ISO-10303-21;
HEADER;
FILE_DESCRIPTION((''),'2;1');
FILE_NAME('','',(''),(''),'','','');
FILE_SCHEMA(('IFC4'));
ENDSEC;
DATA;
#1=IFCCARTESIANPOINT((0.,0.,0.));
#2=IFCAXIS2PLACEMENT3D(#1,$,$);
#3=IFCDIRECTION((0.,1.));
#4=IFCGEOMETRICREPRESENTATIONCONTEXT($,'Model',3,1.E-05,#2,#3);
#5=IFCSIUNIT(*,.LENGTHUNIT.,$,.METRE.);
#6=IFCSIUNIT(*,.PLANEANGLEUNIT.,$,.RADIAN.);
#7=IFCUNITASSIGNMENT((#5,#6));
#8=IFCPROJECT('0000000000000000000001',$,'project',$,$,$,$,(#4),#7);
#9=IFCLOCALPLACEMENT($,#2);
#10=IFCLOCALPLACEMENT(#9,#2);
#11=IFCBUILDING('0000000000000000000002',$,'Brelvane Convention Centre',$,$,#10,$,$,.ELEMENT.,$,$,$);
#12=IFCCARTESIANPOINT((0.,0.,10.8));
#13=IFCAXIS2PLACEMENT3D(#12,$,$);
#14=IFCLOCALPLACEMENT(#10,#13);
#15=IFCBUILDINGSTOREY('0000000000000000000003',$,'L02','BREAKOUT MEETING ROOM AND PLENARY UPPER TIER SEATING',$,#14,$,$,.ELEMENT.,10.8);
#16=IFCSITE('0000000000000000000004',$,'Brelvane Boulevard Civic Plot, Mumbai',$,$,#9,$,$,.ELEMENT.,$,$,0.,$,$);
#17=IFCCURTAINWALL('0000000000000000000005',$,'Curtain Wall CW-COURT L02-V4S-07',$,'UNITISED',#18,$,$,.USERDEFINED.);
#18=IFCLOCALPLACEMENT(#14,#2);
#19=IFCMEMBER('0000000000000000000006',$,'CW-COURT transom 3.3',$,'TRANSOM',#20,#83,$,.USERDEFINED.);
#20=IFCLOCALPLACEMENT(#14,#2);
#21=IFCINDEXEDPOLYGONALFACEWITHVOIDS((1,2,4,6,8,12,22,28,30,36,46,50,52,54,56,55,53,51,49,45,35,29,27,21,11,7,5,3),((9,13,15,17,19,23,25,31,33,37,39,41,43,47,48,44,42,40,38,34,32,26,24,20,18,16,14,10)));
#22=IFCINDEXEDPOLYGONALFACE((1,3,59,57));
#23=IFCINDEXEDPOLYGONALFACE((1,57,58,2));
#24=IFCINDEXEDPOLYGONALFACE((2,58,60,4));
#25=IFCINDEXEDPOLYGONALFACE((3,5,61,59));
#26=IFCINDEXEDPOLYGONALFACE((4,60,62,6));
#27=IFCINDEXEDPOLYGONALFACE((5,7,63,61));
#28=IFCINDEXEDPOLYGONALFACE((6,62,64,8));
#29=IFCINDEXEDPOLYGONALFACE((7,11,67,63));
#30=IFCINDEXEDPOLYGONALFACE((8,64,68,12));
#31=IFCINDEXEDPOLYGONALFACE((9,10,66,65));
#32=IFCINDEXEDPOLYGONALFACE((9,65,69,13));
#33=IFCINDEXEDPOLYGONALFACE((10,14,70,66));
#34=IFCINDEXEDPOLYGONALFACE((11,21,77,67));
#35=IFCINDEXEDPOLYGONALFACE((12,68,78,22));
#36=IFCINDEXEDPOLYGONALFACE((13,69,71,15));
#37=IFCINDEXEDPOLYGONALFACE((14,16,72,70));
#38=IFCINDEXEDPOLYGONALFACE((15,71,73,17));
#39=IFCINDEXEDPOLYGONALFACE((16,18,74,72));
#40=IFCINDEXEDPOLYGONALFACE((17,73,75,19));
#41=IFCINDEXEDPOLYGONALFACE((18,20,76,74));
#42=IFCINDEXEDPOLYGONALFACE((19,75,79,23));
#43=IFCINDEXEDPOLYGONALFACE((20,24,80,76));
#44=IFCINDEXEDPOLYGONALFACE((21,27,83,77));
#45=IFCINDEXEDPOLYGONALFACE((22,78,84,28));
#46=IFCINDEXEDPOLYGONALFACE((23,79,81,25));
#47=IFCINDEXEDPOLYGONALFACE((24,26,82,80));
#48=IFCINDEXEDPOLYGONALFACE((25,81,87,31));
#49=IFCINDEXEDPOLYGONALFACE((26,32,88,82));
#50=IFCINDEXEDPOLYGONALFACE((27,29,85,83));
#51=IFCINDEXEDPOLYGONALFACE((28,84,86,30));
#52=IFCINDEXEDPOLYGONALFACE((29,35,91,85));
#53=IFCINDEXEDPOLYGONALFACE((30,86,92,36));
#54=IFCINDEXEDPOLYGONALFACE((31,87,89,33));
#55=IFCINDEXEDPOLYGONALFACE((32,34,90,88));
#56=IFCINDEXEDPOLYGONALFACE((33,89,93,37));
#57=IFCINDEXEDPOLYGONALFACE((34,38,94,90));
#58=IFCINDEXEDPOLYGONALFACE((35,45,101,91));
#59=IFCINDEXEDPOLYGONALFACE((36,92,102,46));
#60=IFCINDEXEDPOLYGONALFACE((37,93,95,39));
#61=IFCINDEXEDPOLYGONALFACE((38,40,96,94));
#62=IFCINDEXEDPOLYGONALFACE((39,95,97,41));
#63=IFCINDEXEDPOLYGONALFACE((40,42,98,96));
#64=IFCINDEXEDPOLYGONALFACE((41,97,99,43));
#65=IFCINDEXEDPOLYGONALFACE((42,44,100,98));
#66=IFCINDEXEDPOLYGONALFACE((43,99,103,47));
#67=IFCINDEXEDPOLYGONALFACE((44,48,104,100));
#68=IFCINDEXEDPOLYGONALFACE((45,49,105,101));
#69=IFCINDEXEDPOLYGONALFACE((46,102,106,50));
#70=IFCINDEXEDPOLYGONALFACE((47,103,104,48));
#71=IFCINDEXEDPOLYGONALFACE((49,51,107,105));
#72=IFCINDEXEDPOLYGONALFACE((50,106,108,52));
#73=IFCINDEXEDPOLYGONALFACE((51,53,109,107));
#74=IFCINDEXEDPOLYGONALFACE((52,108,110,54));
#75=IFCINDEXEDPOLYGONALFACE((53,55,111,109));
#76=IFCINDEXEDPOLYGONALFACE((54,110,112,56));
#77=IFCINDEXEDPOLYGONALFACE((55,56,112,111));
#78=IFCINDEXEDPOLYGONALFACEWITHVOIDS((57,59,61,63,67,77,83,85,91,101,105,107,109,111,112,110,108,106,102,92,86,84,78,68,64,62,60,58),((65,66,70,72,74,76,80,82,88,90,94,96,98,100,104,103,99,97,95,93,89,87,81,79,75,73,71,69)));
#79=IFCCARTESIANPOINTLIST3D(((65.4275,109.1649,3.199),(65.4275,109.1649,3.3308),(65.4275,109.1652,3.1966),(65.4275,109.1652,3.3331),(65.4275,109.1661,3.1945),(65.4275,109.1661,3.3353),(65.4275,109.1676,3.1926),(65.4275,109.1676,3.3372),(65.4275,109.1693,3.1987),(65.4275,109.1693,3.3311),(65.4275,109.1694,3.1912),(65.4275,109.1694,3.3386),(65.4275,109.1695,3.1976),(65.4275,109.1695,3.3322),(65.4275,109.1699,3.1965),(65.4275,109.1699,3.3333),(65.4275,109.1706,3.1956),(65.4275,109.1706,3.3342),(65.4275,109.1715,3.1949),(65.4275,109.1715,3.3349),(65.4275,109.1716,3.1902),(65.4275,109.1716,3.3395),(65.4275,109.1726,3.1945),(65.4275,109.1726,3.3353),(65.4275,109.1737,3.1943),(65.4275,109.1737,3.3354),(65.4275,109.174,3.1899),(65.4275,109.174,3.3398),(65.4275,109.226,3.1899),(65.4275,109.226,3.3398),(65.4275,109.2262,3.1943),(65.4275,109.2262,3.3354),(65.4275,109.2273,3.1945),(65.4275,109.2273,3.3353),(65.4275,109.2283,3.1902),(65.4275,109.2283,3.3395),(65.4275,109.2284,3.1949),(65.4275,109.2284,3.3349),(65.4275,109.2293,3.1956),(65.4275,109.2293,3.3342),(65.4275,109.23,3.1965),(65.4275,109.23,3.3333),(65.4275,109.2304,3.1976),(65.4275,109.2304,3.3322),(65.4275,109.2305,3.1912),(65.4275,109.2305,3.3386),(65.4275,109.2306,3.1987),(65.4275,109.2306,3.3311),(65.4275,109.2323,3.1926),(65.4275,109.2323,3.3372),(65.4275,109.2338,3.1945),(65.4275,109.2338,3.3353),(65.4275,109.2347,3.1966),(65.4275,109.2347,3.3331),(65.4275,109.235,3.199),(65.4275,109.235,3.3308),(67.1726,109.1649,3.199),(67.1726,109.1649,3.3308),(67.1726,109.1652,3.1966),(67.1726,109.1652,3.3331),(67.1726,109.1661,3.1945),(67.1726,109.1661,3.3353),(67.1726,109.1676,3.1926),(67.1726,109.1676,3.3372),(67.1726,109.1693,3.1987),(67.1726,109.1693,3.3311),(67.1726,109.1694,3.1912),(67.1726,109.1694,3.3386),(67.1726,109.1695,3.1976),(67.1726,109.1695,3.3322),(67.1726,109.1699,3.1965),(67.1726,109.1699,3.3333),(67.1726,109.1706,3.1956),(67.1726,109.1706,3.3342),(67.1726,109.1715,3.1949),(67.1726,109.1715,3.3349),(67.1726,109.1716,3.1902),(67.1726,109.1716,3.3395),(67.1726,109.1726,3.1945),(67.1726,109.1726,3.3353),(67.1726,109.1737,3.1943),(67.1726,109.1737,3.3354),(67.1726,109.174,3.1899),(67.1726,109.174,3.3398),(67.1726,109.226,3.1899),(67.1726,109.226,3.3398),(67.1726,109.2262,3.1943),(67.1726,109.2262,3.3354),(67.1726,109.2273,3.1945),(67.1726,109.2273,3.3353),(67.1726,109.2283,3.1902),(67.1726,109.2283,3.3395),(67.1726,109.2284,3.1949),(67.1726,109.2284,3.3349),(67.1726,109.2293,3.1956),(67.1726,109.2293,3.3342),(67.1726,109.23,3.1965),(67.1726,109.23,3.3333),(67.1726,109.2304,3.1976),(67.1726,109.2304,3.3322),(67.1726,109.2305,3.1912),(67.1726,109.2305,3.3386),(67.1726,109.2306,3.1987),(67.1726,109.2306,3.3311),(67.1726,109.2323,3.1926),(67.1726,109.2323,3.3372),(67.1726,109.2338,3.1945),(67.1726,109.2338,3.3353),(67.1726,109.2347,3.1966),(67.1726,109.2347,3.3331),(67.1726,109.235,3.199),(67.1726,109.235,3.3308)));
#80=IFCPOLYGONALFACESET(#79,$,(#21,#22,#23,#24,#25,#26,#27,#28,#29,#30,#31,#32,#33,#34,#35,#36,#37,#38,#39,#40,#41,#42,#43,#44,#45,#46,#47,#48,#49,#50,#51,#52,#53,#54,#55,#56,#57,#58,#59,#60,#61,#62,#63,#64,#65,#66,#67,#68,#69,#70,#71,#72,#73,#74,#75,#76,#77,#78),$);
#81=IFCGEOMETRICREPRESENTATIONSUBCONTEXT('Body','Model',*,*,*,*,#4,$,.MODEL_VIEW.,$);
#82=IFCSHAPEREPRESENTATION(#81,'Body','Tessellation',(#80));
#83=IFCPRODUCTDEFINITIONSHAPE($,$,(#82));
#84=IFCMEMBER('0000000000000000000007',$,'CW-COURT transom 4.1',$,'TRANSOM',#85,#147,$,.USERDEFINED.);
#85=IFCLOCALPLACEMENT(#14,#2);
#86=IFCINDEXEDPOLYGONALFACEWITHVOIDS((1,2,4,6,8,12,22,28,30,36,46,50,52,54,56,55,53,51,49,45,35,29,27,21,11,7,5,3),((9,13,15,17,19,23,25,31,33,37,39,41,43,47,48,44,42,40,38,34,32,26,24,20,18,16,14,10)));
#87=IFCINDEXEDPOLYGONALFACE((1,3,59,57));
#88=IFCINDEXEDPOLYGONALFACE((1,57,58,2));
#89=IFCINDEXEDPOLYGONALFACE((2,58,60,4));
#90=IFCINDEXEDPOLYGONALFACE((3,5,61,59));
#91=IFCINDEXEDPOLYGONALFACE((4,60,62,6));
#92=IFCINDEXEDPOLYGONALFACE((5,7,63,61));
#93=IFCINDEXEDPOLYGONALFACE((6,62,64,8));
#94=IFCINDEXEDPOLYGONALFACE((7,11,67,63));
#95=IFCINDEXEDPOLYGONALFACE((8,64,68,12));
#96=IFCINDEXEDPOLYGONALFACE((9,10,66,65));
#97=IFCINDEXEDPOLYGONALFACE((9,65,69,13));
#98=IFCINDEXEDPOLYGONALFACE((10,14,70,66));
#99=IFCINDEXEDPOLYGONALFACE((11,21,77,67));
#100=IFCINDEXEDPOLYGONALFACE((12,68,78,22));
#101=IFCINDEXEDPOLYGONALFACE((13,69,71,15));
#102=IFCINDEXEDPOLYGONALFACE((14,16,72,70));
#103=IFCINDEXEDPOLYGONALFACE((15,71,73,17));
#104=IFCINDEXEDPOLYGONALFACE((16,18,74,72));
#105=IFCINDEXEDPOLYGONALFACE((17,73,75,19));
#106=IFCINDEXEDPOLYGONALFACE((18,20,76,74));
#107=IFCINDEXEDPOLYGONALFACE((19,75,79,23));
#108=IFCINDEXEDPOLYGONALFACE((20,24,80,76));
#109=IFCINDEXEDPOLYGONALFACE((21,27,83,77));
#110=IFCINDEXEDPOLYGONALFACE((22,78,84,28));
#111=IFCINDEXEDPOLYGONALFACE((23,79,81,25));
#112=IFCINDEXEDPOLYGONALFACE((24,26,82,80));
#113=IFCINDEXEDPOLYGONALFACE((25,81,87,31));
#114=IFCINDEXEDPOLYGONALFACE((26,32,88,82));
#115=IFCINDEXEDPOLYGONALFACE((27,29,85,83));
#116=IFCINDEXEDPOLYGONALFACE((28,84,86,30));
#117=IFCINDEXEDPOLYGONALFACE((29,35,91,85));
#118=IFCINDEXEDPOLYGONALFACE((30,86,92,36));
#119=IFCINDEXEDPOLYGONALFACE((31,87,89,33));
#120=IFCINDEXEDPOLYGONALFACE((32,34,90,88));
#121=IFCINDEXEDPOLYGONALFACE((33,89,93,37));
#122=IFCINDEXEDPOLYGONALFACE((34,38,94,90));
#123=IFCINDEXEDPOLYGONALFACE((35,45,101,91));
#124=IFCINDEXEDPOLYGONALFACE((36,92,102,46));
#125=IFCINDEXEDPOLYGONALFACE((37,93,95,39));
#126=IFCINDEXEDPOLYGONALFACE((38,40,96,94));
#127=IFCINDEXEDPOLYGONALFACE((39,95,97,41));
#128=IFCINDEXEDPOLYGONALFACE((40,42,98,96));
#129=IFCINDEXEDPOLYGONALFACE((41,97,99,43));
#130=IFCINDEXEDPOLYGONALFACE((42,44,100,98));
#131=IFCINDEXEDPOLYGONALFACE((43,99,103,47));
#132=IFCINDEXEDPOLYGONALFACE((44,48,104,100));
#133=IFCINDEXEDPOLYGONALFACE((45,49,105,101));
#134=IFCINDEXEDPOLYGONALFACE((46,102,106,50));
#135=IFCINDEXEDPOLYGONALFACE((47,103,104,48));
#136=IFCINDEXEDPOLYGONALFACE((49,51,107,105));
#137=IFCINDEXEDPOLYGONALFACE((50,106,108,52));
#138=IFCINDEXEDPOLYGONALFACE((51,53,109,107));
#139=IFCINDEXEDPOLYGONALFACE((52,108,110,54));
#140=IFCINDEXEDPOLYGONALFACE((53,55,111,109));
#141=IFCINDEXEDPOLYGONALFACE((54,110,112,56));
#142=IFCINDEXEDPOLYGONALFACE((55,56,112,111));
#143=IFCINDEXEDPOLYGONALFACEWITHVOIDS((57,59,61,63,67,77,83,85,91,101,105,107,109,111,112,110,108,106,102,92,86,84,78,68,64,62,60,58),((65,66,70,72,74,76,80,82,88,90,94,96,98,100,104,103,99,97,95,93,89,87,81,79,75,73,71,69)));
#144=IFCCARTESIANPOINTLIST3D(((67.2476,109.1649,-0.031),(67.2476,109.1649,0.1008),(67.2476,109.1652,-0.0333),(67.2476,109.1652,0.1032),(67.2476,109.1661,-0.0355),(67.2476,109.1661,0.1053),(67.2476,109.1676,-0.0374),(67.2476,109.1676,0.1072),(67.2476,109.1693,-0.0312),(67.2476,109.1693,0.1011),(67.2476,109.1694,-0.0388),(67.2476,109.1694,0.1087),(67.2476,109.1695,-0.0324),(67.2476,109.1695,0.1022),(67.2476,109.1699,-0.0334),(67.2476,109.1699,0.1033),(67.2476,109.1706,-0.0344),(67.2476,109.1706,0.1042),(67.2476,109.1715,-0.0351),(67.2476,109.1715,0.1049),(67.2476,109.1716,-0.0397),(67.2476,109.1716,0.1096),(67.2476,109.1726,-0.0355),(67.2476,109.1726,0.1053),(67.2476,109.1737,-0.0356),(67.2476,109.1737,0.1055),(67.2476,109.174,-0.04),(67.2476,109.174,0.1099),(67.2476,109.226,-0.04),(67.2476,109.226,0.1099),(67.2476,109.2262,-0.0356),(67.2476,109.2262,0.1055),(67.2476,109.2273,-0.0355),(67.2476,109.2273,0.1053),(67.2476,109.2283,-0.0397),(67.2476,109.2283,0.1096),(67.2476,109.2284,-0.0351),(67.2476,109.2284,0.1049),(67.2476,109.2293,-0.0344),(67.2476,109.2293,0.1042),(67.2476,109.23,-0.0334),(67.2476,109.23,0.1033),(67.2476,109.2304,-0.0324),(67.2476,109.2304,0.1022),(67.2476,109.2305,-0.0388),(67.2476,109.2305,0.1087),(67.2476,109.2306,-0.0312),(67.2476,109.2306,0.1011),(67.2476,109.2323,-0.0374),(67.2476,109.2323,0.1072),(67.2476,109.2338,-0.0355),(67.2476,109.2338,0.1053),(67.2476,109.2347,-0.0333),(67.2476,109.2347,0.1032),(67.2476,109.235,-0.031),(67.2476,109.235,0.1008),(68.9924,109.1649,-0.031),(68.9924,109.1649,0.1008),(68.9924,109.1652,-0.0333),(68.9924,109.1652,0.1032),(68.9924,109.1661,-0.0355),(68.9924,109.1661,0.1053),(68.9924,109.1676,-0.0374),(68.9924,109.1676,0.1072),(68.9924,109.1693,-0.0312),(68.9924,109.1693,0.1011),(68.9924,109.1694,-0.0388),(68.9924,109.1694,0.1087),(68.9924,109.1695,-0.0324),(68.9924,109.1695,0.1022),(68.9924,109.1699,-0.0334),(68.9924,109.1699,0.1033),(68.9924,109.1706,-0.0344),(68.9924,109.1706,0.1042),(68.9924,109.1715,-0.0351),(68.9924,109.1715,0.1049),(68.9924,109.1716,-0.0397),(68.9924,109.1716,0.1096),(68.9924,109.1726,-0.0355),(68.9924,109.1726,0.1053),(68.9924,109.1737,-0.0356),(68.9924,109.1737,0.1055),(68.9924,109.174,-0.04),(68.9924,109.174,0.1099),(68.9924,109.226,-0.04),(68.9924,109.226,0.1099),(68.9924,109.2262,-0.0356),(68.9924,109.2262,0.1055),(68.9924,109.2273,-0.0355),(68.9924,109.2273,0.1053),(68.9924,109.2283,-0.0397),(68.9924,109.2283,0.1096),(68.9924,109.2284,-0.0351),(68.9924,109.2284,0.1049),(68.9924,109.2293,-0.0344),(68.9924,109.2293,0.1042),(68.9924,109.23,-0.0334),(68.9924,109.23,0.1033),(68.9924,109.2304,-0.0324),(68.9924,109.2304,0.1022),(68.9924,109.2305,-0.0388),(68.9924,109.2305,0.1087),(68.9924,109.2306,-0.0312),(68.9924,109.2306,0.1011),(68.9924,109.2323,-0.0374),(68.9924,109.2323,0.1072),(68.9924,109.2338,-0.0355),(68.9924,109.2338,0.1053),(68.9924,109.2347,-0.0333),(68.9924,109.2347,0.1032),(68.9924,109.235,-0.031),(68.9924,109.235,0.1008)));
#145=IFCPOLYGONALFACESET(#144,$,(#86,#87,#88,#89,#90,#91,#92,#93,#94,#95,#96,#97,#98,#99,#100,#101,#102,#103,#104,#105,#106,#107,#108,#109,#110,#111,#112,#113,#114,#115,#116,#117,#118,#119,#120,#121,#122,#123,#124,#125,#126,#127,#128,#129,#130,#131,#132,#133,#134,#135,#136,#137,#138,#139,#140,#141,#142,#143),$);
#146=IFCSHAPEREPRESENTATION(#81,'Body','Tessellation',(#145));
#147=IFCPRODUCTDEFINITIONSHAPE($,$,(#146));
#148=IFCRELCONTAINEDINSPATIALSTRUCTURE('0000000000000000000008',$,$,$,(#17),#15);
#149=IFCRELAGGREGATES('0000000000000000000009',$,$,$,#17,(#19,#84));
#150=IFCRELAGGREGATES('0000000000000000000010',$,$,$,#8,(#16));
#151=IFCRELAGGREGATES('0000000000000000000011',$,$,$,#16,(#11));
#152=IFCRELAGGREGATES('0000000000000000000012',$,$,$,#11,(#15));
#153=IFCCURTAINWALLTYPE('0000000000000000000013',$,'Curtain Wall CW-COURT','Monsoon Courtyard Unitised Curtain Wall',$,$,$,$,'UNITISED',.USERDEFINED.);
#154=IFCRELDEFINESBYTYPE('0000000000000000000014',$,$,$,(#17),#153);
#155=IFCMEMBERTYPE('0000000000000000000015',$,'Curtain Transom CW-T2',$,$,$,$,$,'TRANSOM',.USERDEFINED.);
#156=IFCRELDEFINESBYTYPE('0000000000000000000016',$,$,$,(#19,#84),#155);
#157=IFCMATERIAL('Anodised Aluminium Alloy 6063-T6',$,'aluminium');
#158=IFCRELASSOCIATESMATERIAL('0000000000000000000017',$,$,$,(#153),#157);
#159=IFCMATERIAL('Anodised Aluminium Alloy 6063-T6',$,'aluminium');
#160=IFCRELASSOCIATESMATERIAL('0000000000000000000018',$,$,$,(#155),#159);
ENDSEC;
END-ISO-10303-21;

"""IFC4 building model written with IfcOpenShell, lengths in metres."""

from ifc_helpers import new_model, si_unit, direction, frame, origin, origin_2d, place, context, subcontext, project, spatial, hollow_rectangle, extrude, material, material_profile, profile_set, type_object, element, aggregate, save


model = new_model("IFC4")

# Units and contexts
model_context = context("Model", 3, precision=1e-05, world=origin(), true_north=direction((0.0, 1.0)))
body_context = subcontext(model_context, "Body", "Model", "MODEL_VIEW")
ifc_project = project(units=[si_unit("LENGTHUNIT", "METRE"), si_unit("PLANEANGLEUNIT", "RADIAN")], contexts=[model_context])

# Site, building, storey
site_placement = place(None, origin())
site = spatial("IfcSite", under=ifc_project, at=site_placement, Name="Brelvane Boulevard Civic Plot, Mumbai", CompositionType="ELEMENT", RefElevation=0.0)
building_placement = place(site_placement, origin())
building = spatial("IfcBuilding", under=site, at=building_placement, Name="Brelvane Convention Centre", CompositionType="ELEMENT")
storey_placement = place(building_placement, frame((0.0, 0.0, 10.8)))
storey = spatial("IfcBuildingStorey", under=building, at=storey_placement, Name="L02", Description="BREAKOUT MEETING ROOM AND PLENARY UPPER TIER SEATING", CompositionType="ELEMENT", Elevation=10.8)

# Curtain wall, members
ifc_material_1 = material(Name="Anodised Aluminium Alloy 6063-T6", Category="aluminium")
curtain_wall_type = type_object("IfcCurtainWallType", Name="Curtain Wall CW-COURT", Description="Monsoon Courtyard Unitised Curtain Wall", ElementType="UNITISED", PredefinedType="USERDEFINED", material=ifc_material_1)
curtain_wall_placement = place(storey_placement, origin())
curtain_wall = element("IfcCurtainWall", 1, at=curtain_wall_placement, inside=storey, type_object=curtain_wall_type, Name="Curtain Wall CW-COURT L02-V4S-07", ObjectType="UNITISED", PredefinedType="USERDEFINED")
ifc_material_2 = material(Name="Anodised Aluminium Alloy 6063-T6", Category="aluminium")
ifc_material_profile_1 = material_profile(ifc_material_2, hollow_rectangle(XDim=0.0701, YDim=0.1499, WallThickness=0.0044, InnerFilletRadius=0.0044, OuterFilletRadius=0.009, at=origin_2d()), Name="ALU-T 150x70x4.5")
ifc_profile_set_1 = profile_set([ifc_material_profile_1], Name="Anodised Aluminium Alloy 6063-T6")
member_type_1 = type_object("IfcMemberType", Name="Curtain Transom CW-T2", ElementType="TRANSOM", PredefinedType="USERDEFINED", material=ifc_profile_set_1)
member_1_placement = place(storey_placement, frame((65.4275, 109.2, 3.2649), z_axis=(1.0, 0.0, 0.0), x_axis=(0.0, 1.0, 0.0)))
member_1 = element("IfcMember", 2, at=member_1_placement, type_object=member_type_1, Name="CW-COURT transom 3.3", ObjectType="TRANSOM", PredefinedType="USERDEFINED", context=body_context, shape_type="SweptSolid", body=[
    extrude(hollow_rectangle(XDim=0.0701, YDim=0.1499, WallThickness=0.0044, InnerFilletRadius=0.0044, OuterFilletRadius=0.009, at=origin_2d()), origin(), (0.0, 0.0, 1.0), 1.7451),
])
member_2_placement = place(storey_placement, frame((67.2476, 109.2, 0.0349), z_axis=(1.0, 0.0, 0.0), x_axis=(0.0, 1.0, 0.0)))
member_2 = element("IfcMember", 3, at=member_2_placement, type_object=member_type_1, Name="CW-COURT transom 4.1", ObjectType="TRANSOM", PredefinedType="USERDEFINED", context=body_context, shape_type="SweptSolid", body=[
    extrude(hollow_rectangle(XDim=0.0701, YDim=0.1499, WallThickness=0.0044, InnerFilletRadius=0.0044, OuterFilletRadius=0.009, at=origin_2d()), origin(), (0.0, 0.0, 1.0), 1.7449),
])

aggregate(curtain_wall, [member_1, member_2])

save(model, "model.ifc")
